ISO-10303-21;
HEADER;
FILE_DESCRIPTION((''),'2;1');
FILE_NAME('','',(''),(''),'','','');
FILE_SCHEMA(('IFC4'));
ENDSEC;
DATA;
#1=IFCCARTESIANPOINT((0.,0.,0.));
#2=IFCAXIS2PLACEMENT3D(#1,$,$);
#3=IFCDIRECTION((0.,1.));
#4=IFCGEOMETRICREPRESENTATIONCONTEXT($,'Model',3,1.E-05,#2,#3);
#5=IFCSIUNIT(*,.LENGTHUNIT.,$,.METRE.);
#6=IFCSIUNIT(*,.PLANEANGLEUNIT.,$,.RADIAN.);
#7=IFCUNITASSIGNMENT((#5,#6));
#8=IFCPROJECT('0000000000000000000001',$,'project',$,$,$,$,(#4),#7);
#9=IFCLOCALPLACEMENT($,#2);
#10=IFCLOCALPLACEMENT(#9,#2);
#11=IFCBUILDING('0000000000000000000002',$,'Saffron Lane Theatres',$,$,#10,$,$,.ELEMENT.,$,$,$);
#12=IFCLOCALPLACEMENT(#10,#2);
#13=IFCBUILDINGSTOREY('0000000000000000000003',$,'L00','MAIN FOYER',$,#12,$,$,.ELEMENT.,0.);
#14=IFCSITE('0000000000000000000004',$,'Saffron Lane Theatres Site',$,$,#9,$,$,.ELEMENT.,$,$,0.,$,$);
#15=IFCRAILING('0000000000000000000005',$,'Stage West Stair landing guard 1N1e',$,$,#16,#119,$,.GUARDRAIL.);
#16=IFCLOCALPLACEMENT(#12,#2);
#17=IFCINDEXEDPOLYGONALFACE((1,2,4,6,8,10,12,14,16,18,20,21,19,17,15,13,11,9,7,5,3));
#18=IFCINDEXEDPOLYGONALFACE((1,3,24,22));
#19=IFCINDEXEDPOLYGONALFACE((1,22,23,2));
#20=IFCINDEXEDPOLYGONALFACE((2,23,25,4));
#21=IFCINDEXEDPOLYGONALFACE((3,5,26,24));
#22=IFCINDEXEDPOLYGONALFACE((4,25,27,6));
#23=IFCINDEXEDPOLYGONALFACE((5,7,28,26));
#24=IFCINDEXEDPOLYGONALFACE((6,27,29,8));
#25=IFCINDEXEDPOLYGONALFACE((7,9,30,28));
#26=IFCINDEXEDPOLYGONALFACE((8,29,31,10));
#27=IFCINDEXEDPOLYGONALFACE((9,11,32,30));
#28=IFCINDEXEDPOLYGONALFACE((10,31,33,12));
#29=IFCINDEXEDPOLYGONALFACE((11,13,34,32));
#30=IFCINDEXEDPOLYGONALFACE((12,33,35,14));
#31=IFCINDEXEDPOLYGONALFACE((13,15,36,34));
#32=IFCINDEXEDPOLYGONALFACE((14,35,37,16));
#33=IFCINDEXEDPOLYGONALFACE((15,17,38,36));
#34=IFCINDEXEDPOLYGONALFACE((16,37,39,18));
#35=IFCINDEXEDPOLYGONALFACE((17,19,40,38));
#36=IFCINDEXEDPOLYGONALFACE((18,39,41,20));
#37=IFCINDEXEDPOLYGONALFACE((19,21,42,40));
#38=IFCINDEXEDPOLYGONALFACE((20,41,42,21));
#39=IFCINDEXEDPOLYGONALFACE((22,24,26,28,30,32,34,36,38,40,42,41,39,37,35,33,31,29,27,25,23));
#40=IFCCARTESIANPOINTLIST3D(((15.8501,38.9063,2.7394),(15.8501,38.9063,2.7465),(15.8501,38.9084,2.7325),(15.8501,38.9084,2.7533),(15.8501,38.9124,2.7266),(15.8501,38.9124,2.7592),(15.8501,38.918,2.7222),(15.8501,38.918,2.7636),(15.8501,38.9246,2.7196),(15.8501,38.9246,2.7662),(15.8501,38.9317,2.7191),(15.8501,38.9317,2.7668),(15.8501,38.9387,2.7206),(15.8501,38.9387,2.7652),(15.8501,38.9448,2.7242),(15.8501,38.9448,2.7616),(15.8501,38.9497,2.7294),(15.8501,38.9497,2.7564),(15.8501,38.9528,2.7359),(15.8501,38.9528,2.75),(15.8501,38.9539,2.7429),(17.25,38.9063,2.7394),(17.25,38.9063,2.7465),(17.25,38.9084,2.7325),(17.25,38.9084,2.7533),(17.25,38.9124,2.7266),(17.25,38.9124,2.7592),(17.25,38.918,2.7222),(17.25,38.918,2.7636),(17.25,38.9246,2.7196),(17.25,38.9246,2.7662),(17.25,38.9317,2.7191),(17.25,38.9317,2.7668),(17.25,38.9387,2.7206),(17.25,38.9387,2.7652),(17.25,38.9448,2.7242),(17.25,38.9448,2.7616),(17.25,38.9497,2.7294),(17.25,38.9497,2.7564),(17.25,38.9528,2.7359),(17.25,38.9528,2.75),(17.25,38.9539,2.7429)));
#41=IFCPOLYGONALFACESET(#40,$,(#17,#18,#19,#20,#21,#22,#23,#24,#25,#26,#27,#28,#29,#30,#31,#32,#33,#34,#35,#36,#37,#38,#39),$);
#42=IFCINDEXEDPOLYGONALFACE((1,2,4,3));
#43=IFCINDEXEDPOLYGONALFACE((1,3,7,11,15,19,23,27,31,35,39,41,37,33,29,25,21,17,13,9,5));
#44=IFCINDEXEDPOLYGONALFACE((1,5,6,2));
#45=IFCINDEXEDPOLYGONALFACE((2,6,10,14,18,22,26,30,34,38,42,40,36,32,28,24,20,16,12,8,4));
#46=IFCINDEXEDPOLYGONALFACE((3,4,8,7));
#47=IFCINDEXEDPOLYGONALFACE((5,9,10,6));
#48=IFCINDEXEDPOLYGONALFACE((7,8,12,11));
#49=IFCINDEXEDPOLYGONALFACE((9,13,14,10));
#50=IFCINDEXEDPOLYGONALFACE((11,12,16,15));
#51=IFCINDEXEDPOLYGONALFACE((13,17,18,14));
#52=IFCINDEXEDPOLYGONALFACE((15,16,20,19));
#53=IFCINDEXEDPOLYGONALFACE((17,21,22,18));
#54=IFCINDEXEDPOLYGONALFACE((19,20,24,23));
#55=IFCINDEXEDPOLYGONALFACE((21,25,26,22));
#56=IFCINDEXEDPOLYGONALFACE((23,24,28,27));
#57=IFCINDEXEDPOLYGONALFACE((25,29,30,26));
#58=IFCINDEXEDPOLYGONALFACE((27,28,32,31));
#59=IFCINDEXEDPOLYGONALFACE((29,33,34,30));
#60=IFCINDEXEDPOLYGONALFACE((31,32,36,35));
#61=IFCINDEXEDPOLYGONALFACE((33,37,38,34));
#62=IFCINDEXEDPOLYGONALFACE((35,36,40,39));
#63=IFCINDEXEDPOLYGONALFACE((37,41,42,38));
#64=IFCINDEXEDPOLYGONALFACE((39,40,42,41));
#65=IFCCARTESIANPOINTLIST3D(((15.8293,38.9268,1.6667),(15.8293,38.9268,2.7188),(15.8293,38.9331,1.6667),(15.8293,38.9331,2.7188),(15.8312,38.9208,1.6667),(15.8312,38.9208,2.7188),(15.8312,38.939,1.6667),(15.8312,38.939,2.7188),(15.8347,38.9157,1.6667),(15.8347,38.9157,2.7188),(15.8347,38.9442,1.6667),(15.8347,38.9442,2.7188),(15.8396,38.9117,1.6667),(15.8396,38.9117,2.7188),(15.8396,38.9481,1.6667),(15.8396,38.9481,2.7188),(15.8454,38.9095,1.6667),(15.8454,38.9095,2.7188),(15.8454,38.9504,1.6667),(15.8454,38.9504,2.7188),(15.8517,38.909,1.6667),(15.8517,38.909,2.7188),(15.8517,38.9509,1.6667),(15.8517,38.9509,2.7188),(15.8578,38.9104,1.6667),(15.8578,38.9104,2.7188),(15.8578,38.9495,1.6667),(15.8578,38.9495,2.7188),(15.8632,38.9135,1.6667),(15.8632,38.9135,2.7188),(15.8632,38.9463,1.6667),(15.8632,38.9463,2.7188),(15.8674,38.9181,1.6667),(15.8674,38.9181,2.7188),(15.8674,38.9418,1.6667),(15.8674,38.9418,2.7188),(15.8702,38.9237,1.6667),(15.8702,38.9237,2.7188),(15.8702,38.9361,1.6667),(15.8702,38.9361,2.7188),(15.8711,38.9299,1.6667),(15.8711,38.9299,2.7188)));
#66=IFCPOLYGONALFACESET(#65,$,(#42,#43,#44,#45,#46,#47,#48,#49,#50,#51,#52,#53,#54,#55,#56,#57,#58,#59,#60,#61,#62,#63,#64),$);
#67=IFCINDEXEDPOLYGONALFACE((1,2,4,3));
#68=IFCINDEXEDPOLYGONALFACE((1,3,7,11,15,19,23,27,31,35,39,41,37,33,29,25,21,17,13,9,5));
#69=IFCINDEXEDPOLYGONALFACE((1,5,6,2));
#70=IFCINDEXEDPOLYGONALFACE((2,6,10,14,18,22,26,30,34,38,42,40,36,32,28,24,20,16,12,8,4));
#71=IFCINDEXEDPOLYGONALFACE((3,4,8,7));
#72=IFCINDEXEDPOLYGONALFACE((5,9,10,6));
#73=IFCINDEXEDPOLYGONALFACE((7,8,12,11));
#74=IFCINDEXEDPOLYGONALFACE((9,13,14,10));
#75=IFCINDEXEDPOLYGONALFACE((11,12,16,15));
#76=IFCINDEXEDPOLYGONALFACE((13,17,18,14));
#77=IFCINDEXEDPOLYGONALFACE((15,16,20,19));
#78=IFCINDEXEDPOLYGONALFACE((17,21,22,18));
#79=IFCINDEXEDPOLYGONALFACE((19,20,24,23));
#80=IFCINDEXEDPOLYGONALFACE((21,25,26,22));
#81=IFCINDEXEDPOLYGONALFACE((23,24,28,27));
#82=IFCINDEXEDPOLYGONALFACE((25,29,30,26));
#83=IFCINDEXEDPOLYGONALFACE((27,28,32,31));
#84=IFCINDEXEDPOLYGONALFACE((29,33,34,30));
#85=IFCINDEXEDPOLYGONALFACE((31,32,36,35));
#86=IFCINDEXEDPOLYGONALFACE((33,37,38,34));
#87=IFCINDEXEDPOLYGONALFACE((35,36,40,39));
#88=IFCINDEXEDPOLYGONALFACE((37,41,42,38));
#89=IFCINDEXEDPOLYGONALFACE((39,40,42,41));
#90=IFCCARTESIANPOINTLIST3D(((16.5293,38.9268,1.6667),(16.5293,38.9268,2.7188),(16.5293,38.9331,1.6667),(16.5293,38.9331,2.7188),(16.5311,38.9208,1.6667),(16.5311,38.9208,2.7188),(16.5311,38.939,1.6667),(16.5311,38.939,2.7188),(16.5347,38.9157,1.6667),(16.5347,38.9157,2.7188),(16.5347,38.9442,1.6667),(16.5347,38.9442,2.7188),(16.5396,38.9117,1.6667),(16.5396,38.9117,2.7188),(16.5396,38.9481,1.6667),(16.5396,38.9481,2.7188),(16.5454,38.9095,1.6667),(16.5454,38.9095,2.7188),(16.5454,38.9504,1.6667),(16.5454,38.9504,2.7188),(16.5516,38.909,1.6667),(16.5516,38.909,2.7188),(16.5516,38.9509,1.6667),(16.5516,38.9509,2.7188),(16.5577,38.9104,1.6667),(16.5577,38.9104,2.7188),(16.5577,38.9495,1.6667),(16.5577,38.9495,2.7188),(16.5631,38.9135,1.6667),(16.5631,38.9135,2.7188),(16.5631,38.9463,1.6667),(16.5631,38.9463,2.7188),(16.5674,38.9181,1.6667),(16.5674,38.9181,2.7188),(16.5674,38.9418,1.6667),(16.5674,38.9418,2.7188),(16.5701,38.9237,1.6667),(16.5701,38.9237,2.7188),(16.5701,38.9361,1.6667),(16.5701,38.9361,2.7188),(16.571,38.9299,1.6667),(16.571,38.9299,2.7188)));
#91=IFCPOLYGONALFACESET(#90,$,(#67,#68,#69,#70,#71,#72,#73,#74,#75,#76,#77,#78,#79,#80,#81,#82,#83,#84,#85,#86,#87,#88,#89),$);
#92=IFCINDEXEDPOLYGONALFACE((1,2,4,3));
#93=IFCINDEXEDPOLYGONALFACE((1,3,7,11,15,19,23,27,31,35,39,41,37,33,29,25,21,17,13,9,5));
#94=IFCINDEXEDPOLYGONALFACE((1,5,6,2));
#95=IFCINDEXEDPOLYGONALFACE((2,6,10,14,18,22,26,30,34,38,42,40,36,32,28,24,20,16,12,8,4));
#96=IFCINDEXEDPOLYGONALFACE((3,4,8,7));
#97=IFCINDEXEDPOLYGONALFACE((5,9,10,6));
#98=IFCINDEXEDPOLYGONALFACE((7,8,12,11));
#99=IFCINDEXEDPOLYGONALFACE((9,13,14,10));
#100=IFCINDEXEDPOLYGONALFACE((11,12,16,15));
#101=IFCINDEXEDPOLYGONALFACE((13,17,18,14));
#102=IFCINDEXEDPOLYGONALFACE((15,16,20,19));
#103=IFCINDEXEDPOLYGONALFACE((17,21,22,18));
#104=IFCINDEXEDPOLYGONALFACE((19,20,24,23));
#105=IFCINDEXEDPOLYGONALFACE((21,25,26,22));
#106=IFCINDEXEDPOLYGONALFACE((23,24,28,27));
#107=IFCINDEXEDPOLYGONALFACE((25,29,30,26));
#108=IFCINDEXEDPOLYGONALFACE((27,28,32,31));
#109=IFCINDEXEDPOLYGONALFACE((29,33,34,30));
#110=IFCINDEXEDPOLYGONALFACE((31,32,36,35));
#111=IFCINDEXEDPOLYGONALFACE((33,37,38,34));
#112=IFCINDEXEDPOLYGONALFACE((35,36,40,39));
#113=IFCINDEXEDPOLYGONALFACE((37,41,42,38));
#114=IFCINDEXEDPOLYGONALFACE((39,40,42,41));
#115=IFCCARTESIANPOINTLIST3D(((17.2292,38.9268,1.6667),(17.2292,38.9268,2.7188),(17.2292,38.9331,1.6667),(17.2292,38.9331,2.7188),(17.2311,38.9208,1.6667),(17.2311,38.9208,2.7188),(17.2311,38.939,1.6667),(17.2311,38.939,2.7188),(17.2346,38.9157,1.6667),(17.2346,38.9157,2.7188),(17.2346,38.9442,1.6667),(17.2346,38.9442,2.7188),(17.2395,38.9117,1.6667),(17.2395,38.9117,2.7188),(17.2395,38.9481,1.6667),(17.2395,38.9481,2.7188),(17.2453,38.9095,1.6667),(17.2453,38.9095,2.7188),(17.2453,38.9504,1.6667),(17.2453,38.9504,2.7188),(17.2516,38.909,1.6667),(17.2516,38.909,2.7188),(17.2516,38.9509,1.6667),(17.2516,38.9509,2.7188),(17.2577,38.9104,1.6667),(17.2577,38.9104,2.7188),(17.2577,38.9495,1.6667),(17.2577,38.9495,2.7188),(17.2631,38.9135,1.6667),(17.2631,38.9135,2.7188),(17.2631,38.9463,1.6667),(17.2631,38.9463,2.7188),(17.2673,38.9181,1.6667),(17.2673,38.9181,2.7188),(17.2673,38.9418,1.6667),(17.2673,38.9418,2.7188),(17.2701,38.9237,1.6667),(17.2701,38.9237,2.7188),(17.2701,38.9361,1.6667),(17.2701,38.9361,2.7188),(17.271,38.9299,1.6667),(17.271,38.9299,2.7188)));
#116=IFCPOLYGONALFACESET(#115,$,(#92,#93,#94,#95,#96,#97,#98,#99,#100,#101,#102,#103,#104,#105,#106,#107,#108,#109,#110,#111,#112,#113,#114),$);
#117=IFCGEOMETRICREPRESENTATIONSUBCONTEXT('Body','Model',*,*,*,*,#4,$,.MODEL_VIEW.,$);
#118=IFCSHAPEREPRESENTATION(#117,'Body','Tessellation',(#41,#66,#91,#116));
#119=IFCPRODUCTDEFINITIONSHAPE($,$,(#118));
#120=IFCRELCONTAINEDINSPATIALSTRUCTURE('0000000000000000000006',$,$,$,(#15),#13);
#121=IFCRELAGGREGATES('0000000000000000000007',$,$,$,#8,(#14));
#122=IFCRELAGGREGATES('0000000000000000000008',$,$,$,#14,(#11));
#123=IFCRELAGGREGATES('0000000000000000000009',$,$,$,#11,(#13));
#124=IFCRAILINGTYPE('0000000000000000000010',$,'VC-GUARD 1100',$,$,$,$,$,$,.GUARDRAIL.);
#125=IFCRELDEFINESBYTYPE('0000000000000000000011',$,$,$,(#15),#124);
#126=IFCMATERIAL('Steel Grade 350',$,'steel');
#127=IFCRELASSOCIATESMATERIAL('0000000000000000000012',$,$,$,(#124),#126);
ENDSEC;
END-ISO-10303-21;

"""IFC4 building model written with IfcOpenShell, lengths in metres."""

from ifc_helpers import new_model, si_unit, direction, frame, origin, origin_2d, place, context, subcontext, project, spatial, circle, extrude, material, type_object, element, save


model = new_model("IFC4")

# Units and contexts
model_context = context("Model", 3, precision=1e-05, world=origin(), true_north=direction((0.0, 1.0)))
body_context = subcontext(model_context, "Body", "Model", "MODEL_VIEW")
ifc_project = project(units=[si_unit("LENGTHUNIT", "METRE"), si_unit("PLANEANGLEUNIT", "RADIAN")], contexts=[model_context])

# Site, building, storey
site_placement = place(None, origin())
site = spatial("IfcSite", under=ifc_project, at=site_placement, Name="Saffron Lane Theatres Site", CompositionType="ELEMENT", RefElevation=0.0)
building_placement = place(site_placement, origin())
building = spatial("IfcBuilding", under=site, at=building_placement, Name="Saffron Lane Theatres", CompositionType="ELEMENT")
storey_placement = place(building_placement, origin())
storey = spatial("IfcBuildingStorey", under=building, at=storey_placement, Name="L00", Description="MAIN FOYER", CompositionType="ELEMENT", Elevation=0.0)

# Railing
ifc_material_1 = material(Name="Steel Grade 350", Category="steel")
railing_type_1 = type_object("IfcRailingType", Name="VC-GUARD 1100", PredefinedType="GUARDRAIL", material=ifc_material_1)
railing_1_placement = place(storey_placement, frame((15.8501, 38.9299, 1.6667)))
element("IfcRailing", 1, at=railing_1_placement, inside=storey, type_object=railing_type_1, Name="Stage West Stair landing guard 1N1e", PredefinedType="GUARDRAIL", context=body_context, shape_type="SweptSolid", body=[
    extrude(circle(Radius=0.0239, at=origin_2d()), frame((0.0, 0.0, 1.0762), z_axis=(1.0, 0.0, 0.0), x_axis=(0.0, 1.0, 0.0)), (0.0, 0.0, 1.0), 1.3999),
    extrude(circle(Radius=0.021, at=origin_2d()), origin(), (0.0, 0.0, 1.0), 1.052),
    extrude(circle(Radius=0.021, at=origin_2d()), frame((0.7, 0.0, 0.0)), (0.0, 0.0, 1.0), 1.052),
    extrude(circle(Radius=0.021, at=origin_2d()), frame((1.3999, 0.0, 0.0)), (0.0, 0.0, 1.0), 1.052),
])

save(model, "model.ifc")
